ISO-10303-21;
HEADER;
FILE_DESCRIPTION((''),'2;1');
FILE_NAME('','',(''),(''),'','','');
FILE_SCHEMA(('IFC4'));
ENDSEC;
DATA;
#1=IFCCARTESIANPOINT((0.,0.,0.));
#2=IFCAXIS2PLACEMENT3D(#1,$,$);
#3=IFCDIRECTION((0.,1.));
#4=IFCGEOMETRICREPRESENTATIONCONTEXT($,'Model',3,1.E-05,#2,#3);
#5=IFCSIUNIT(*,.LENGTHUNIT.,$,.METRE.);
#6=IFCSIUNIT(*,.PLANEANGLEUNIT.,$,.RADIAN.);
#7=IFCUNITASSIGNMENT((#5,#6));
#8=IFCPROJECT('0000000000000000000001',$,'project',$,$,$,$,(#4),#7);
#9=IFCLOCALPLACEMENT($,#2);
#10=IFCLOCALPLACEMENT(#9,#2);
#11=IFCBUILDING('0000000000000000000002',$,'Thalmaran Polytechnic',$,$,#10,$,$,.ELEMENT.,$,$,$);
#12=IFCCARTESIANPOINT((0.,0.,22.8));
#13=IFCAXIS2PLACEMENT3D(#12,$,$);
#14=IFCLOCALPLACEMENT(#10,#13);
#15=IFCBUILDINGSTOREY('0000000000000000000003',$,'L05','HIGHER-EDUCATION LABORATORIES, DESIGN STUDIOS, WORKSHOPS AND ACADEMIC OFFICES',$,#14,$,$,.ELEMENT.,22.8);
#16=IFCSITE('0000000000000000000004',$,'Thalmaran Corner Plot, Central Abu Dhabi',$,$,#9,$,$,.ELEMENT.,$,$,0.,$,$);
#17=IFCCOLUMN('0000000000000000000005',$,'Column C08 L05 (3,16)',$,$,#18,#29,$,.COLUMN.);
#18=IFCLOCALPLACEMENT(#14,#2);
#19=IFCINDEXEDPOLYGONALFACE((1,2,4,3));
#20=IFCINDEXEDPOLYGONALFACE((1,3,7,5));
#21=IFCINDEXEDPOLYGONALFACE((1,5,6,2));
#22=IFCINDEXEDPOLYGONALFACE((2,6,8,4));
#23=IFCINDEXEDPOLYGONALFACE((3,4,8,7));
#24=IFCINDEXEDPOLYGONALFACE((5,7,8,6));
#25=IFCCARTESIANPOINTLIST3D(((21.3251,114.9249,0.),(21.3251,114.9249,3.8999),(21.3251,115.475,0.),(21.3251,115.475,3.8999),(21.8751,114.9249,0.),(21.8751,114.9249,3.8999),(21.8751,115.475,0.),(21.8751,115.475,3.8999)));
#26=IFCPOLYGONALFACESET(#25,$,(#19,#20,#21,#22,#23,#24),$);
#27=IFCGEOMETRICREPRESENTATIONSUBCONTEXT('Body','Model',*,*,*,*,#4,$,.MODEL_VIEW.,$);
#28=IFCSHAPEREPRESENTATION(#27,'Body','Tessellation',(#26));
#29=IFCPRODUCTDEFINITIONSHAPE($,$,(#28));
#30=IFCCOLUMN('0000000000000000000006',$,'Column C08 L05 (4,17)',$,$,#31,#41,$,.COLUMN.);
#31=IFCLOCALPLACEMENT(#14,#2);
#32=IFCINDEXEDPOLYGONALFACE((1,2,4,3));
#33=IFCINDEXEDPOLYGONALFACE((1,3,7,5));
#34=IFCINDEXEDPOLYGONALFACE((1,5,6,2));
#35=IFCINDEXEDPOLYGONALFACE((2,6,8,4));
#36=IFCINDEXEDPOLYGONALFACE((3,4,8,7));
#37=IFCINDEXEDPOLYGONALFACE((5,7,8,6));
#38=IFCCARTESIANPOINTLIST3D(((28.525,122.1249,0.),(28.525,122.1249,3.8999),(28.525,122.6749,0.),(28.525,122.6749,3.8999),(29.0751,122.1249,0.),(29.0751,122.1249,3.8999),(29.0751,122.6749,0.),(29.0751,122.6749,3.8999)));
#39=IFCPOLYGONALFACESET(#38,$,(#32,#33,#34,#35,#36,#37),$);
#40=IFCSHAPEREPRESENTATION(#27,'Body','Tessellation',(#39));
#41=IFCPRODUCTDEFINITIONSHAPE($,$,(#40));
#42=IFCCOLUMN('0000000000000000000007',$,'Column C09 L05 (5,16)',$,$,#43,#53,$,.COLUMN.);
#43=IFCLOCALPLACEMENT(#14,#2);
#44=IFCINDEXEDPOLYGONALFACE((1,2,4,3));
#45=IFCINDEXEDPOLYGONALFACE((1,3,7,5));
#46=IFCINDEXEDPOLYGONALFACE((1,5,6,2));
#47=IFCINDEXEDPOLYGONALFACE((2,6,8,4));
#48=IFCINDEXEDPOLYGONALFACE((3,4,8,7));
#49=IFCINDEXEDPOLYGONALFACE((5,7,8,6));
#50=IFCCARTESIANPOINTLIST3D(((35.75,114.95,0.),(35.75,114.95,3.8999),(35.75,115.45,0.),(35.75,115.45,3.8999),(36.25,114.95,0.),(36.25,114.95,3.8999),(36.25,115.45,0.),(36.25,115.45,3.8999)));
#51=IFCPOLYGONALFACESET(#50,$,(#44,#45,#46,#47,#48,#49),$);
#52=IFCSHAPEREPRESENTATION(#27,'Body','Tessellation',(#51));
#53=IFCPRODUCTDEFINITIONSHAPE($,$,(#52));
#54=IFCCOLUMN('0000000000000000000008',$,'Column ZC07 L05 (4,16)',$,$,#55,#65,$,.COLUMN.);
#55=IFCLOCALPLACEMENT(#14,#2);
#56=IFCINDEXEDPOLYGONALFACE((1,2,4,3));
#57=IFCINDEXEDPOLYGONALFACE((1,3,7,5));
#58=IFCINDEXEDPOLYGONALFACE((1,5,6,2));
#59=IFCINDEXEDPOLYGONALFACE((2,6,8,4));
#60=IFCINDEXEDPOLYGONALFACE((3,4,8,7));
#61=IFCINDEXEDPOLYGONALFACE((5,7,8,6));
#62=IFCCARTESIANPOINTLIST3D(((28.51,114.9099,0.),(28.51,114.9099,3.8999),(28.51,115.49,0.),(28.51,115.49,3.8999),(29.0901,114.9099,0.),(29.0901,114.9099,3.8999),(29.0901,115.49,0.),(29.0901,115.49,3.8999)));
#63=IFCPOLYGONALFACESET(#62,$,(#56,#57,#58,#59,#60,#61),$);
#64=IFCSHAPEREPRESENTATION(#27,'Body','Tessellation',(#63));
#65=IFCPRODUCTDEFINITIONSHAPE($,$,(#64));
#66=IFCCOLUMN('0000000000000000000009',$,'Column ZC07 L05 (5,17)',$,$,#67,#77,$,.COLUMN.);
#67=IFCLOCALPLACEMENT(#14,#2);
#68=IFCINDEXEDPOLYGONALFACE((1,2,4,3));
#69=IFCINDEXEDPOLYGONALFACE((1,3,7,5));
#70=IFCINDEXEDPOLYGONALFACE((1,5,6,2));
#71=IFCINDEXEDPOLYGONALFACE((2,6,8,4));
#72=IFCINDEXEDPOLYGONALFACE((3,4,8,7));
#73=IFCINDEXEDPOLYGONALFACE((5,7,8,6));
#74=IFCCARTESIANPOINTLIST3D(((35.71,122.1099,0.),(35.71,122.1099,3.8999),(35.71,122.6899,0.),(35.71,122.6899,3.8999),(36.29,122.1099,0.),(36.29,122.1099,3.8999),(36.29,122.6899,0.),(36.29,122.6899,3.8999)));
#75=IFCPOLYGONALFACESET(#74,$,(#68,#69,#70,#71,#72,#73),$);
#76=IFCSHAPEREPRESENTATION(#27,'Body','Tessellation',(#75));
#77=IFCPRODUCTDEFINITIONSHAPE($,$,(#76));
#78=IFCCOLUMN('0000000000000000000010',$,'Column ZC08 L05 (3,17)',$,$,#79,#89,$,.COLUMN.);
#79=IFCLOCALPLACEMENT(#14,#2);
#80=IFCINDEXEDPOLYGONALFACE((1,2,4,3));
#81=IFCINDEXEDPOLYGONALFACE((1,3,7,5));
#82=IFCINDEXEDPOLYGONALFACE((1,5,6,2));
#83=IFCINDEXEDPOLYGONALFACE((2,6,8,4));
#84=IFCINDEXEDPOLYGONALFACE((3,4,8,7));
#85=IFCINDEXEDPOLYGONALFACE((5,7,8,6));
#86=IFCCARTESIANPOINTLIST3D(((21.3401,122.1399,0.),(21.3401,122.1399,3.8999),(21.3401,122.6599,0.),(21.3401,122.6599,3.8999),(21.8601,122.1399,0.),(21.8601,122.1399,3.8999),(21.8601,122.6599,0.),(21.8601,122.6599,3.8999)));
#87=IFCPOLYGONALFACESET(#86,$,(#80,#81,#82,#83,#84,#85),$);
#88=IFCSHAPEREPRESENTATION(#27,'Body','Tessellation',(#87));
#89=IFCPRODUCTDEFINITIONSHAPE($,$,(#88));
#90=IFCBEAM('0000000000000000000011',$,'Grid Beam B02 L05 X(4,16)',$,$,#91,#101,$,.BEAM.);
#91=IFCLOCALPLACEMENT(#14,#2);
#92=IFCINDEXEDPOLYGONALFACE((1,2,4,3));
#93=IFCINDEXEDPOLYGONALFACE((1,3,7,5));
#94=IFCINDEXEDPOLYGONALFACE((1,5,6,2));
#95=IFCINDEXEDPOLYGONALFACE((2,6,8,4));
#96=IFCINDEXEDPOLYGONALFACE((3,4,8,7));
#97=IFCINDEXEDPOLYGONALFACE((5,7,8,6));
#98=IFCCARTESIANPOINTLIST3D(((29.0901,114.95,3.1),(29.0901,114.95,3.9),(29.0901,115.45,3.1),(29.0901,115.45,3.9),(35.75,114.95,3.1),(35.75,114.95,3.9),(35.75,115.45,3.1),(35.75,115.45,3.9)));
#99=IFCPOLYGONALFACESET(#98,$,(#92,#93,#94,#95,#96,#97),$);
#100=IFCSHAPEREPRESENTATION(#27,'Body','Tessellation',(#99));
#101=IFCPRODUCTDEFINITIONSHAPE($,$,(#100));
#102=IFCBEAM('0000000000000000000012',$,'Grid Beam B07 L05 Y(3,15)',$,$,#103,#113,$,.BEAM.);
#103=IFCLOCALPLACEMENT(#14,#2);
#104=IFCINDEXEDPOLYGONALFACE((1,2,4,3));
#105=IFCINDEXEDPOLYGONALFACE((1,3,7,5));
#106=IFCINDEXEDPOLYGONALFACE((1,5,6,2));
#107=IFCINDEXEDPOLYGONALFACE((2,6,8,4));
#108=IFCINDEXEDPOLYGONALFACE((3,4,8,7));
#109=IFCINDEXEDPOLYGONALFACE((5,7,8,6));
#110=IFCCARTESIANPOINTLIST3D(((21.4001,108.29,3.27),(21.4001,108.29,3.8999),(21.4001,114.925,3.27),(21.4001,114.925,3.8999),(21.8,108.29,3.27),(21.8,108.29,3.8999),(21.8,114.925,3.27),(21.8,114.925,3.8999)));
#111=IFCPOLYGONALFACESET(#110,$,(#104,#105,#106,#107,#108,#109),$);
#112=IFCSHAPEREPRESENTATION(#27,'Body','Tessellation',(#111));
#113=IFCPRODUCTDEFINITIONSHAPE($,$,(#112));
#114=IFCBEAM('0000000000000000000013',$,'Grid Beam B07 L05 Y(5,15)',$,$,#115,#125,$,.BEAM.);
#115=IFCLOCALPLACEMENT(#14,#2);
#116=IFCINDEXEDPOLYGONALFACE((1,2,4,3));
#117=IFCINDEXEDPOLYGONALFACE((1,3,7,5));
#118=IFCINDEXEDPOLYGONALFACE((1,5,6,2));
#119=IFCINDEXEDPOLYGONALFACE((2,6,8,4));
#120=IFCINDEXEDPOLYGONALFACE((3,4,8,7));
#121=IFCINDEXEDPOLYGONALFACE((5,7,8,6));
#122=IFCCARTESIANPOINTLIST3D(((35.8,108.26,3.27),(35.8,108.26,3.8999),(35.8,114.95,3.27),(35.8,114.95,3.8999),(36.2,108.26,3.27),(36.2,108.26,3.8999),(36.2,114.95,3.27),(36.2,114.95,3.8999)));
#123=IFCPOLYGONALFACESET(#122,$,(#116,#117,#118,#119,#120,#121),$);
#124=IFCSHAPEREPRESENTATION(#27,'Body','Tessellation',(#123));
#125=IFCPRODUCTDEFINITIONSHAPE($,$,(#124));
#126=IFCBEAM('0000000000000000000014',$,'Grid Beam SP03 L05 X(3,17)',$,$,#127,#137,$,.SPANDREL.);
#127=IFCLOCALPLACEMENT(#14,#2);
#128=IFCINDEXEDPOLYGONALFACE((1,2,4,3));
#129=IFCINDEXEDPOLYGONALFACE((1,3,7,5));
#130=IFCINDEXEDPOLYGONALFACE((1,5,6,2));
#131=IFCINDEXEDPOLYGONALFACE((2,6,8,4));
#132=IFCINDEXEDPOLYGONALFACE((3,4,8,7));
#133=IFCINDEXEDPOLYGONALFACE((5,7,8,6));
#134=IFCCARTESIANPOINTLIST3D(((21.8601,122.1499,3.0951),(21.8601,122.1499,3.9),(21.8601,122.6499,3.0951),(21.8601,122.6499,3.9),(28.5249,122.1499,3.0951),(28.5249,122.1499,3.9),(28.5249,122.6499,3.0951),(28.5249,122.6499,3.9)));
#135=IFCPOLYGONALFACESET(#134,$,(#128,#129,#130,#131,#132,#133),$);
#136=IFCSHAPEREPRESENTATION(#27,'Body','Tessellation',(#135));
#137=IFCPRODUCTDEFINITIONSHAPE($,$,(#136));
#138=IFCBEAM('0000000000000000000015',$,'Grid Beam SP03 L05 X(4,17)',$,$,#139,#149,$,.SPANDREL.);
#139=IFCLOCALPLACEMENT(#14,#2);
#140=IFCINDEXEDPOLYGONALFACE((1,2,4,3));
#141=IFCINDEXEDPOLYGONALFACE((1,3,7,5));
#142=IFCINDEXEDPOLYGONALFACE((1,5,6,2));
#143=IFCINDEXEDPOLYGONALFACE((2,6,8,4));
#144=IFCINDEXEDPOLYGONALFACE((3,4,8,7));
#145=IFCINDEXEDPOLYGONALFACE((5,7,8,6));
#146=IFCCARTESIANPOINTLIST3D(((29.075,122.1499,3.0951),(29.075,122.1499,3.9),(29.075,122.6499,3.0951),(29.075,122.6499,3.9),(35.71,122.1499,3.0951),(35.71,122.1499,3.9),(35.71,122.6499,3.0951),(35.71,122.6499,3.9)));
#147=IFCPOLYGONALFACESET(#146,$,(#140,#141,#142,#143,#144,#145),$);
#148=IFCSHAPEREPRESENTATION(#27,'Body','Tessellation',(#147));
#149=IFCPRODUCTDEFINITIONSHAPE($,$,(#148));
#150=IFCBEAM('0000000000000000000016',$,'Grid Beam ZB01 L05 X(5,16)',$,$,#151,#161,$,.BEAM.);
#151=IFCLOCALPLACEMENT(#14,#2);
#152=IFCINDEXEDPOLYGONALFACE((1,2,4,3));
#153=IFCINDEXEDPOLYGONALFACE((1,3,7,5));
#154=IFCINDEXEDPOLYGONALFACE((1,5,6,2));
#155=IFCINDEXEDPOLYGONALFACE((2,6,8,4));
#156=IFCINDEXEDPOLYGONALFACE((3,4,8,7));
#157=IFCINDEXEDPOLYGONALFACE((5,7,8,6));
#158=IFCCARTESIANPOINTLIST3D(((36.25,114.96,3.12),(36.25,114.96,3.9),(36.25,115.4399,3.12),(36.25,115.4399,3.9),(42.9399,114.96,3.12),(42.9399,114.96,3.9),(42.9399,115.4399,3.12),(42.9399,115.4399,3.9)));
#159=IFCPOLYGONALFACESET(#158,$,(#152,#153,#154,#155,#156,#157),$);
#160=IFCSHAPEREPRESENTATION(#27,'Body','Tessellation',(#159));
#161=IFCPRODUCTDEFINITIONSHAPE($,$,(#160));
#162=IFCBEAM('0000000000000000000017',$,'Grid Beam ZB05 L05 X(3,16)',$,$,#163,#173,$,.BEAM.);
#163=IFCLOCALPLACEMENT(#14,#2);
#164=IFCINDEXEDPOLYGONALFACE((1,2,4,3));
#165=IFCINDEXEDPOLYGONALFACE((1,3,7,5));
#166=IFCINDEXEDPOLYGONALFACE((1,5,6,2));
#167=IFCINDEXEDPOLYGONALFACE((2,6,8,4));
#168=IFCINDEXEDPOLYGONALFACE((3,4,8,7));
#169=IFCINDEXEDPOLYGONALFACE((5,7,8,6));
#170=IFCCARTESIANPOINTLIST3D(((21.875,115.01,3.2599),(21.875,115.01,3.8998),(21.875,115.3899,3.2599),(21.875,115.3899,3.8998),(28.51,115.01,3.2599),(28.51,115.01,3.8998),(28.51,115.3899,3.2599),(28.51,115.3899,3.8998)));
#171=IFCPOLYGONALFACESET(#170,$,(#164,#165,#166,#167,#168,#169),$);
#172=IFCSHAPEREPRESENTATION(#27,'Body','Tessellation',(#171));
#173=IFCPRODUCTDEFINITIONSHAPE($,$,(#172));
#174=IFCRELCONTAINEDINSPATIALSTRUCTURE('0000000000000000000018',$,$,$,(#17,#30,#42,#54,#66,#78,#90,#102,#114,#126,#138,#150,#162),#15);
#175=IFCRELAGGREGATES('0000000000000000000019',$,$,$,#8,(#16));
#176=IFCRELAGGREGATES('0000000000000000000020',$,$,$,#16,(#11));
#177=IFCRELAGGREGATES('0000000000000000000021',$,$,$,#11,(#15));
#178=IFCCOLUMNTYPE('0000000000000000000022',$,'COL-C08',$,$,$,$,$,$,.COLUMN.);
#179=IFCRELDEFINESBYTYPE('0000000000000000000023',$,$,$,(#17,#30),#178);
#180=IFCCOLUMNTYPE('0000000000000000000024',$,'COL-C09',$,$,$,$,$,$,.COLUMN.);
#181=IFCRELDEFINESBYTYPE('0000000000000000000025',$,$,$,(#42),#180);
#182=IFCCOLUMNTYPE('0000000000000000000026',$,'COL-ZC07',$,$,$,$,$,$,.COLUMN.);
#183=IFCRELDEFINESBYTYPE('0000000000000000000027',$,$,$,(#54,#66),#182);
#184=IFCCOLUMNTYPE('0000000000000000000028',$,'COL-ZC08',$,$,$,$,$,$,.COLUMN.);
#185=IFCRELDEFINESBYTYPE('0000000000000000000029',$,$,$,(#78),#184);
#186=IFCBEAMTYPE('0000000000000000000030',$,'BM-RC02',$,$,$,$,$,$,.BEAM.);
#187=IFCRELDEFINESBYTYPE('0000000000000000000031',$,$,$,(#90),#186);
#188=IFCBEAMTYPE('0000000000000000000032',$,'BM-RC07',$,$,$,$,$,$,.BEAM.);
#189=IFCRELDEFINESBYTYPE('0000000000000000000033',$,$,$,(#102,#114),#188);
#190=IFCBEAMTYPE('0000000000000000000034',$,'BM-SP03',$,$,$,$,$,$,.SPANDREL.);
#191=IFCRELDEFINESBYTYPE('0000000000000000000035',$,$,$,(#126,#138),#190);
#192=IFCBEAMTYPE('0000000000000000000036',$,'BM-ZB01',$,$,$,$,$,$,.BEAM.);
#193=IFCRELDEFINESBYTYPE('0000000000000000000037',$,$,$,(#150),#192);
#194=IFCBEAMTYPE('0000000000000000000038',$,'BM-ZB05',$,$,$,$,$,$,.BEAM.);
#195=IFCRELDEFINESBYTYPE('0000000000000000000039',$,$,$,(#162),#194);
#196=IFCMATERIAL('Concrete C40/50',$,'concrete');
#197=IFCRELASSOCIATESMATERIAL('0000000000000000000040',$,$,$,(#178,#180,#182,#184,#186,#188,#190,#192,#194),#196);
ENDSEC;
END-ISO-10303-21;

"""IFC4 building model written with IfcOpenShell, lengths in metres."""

from ifc_helpers import new_model, si_unit, direction, frame, origin, origin_2d, place, context, subcontext, project, spatial, rectangle, extrude, material, material_profile, profile_set, type_object, element, save


model = new_model("IFC4")

# Units and contexts
model_context = context("Model", 3, precision=1e-05, world=origin(), true_north=direction((0.0, 1.0)))
body_context = subcontext(model_context, "Body", "Model", "MODEL_VIEW")
ifc_project = project(units=[si_unit("LENGTHUNIT", "METRE"), si_unit("PLANEANGLEUNIT", "RADIAN")], contexts=[model_context])

# Site, building, storey
site_placement = place(None, origin())
site = spatial("IfcSite", under=ifc_project, at=site_placement, Name="Thalmaran Corner Plot, Central Abu Dhabi", CompositionType="ELEMENT", RefElevation=0.0)
building_placement = place(site_placement, origin())
building = spatial("IfcBuilding", under=site, at=building_placement, Name="Thalmaran Polytechnic", CompositionType="ELEMENT")
storey_placement = place(building_placement, frame((0.0, 0.0, 22.8)))
storey = spatial("IfcBuildingStorey", under=building, at=storey_placement, Name="L05", Description="HIGHER-EDUCATION LABORATORIES, DESIGN STUDIOS, WORKSHOPS AND ACADEMIC OFFICES", CompositionType="ELEMENT", Elevation=22.8)

# Columns
ifc_material_1 = material(Name="Concrete C40/50", Category="concrete")
ifc_material_profile_1 = material_profile(ifc_material_1, rectangle(XDim=0.55, YDim=0.55, at=origin_2d()), Name="RC 550x550")
ifc_profile_set_1 = profile_set([ifc_material_profile_1], Name="Concrete C40/50")
column_type_1 = type_object("IfcColumnType", Name="COL-C08", PredefinedType="COLUMN", material=ifc_profile_set_1)
for number, where, z_axis, x_axis, name in (
    (1, (21.6001, 115.2, 0.0), (0.0, 0.0, 1.0), (1.0, 0.0, 0.0), "Column C08 L05 (3,16)"),
    (2, (28.8, 122.3999, 0.0), (0.0, 0.0, 1.0), (1.0, 0.0, 0.0), "Column C08 L05 (4,17)"),
):
    element("IfcColumn", number, at=place(storey_placement, frame(where, z_axis=z_axis, x_axis=x_axis)), inside=storey, type_object=column_type_1, Name=name, PredefinedType="COLUMN", context=body_context, shape_type="SweptSolid", body=[
        extrude(rectangle(XDim=0.55, YDim=0.55, at=origin_2d()), origin(), (0.0, 0.0, 1.0), 3.8999),
    ])
ifc_material_profile_2 = material_profile(ifc_material_1, rectangle(XDim=0.5, YDim=0.5, at=origin_2d()), Name="RC 500x500")
ifc_profile_set_2 = profile_set([ifc_material_profile_2], Name="Concrete C40/50")
column_type_2 = type_object("IfcColumnType", Name="COL-C09", PredefinedType="COLUMN", material=ifc_profile_set_2)
column_1_placement = place(storey_placement, frame((36.0, 115.2, 0.0), z_axis=(0.0, 0.0, 1.0), x_axis=(1.0, 0.0, 0.0)))
element("IfcColumn", 3, at=column_1_placement, inside=storey, type_object=column_type_2, Name="Column C09 L05 (5,16)", PredefinedType="COLUMN", context=body_context, shape_type="SweptSolid", body=[
    extrude(rectangle(XDim=0.5, YDim=0.5, at=origin_2d()), origin(), (0.0, 0.0, 1.0), 3.8999),
])
ifc_material_profile_3 = material_profile(ifc_material_1, rectangle(XDim=0.5801, YDim=0.5801, at=origin_2d()), Name="RC 580x580")
ifc_profile_set_3 = profile_set([ifc_material_profile_3], Name="Concrete C40/50")
column_type_3 = type_object("IfcColumnType", Name="COL-ZC07", PredefinedType="COLUMN", material=ifc_profile_set_3)
for number, where, z_axis, x_axis, name in (
    (4, (28.8, 115.2, 0.0), (0.0, 0.0, 1.0), (1.0, 0.0, 0.0), "Column ZC07 L05 (4,16)"),
    (5, (36.0, 122.3999, 0.0), (0.0, 0.0, 1.0), (1.0, 0.0, 0.0), "Column ZC07 L05 (5,17)"),
):
    element("IfcColumn", number, at=place(storey_placement, frame(where, z_axis=z_axis, x_axis=x_axis)), inside=storey, type_object=column_type_3, Name=name, PredefinedType="COLUMN", context=body_context, shape_type="SweptSolid", body=[
        extrude(rectangle(XDim=0.5801, YDim=0.5801, at=origin_2d()), origin(), (0.0, 0.0, 1.0), 3.8999),
    ])
ifc_material_profile_4 = material_profile(ifc_material_1, rectangle(XDim=0.52, YDim=0.52, at=origin_2d()), Name="RC 520x520")
ifc_profile_set_4 = profile_set([ifc_material_profile_4], Name="Concrete C40/50")
column_type_4 = type_object("IfcColumnType", Name="COL-ZC08", PredefinedType="COLUMN", material=ifc_profile_set_4)
column_2_placement = place(storey_placement, frame((21.6001, 122.3999, 0.0), z_axis=(0.0, 0.0, 1.0), x_axis=(1.0, 0.0, 0.0)))
element("IfcColumn", 6, at=column_2_placement, inside=storey, type_object=column_type_4, Name="Column ZC08 L05 (3,17)", PredefinedType="COLUMN", context=body_context, shape_type="SweptSolid", body=[
    extrude(rectangle(XDim=0.52, YDim=0.52, at=origin_2d()), origin(), (0.0, 0.0, 1.0), 3.8999),
])

# Beams
ifc_material_profile_5 = material_profile(ifc_material_1, rectangle(XDim=0.5, YDim=0.8, at=origin_2d()), Name="RC 500x800")
ifc_profile_set_5 = profile_set([ifc_material_profile_5], Name="Concrete C40/50")
beam_type_1 = type_object("IfcBeamType", Name="BM-RC02", PredefinedType="BEAM", material=ifc_profile_set_5)
beam_1_placement = place(storey_placement, frame((29.0901, 115.2, 3.5), z_axis=(1.0, 0.0, 0.0), x_axis=(0.0, 1.0, 0.0)))
element("IfcBeam", 7, at=beam_1_placement, inside=storey, type_object=beam_type_1, Name="Grid Beam B02 L05 X(4,16)", PredefinedType="BEAM", context=body_context, shape_type="SweptSolid", body=[
    extrude(rectangle(XDim=0.5, YDim=0.8, at=origin_2d()), origin(), (0.0, 0.0, 1.0), 6.6599),
])
ifc_material_profile_6 = material_profile(ifc_material_1, rectangle(XDim=0.3999, YDim=0.6299, at=origin_2d()), Name="RC 400x630")
ifc_profile_set_6 = profile_set([ifc_material_profile_6], Name="Concrete C40/50")
beam_type_2 = type_object("IfcBeamType", Name="BM-RC07", PredefinedType="BEAM", material=ifc_profile_set_6)
beam_2_placement = place(storey_placement, frame((21.6001, 108.29, 3.585), z_axis=(0.0, 1.0, 0.0), x_axis=(-1.0, 0.0, 0.0)))
element("IfcBeam", 8, at=beam_2_placement, inside=storey, type_object=beam_type_2, Name="Grid Beam B07 L05 Y(3,15)", PredefinedType="BEAM", context=body_context, shape_type="SweptSolid", body=[
    extrude(rectangle(XDim=0.3999, YDim=0.6299, at=origin_2d()), origin(), (0.0, 0.0, 1.0), 6.635),
])
beam_3_placement = place(storey_placement, frame((36.0, 108.26, 3.585), z_axis=(0.0, 1.0, 0.0), x_axis=(-1.0, 0.0, 0.0)))
element("IfcBeam", 9, at=beam_3_placement, inside=storey, type_object=beam_type_2, Name="Grid Beam B07 L05 Y(5,15)", PredefinedType="BEAM", context=body_context, shape_type="SweptSolid", body=[
    extrude(rectangle(XDim=0.3999, YDim=0.6299, at=origin_2d()), origin(), (0.0, 0.0, 1.0), 6.6899),
])
ifc_material_profile_7 = material_profile(ifc_material_1, rectangle(XDim=0.5, YDim=0.8049, at=origin_2d()), Name="RC 500x805")
ifc_profile_set_7 = profile_set([ifc_material_profile_7], Name="Concrete C40/50")
beam_type_3 = type_object("IfcBeamType", Name="BM-SP03", PredefinedType="SPANDREL", material=ifc_profile_set_7)
beam_4_placement = place(storey_placement, frame((21.8601, 122.3999, 3.4976), z_axis=(1.0, 0.0, 0.0), x_axis=(0.0, 1.0, 0.0)))
element("IfcBeam", 10, at=beam_4_placement, inside=storey, type_object=beam_type_3, Name="Grid Beam SP03 L05 X(3,17)", PredefinedType="SPANDREL", context=body_context, shape_type="SweptSolid", body=[
    extrude(rectangle(XDim=0.5, YDim=0.8049, at=origin_2d()), origin(), (0.0, 0.0, 1.0), 6.6648),
])
beam_5_placement = place(storey_placement, frame((29.075, 122.3999, 3.4976), z_axis=(1.0, 0.0, 0.0), x_axis=(0.0, 1.0, 0.0)))
element("IfcBeam", 11, at=beam_5_placement, inside=storey, type_object=beam_type_3, Name="Grid Beam SP03 L05 X(4,17)", PredefinedType="SPANDREL", context=body_context, shape_type="SweptSolid", body=[
    extrude(rectangle(XDim=0.5, YDim=0.8049, at=origin_2d()), origin(), (0.0, 0.0, 1.0), 6.635),
])
ifc_material_profile_8 = material_profile(ifc_material_1, rectangle(XDim=0.48, YDim=0.78, at=origin_2d()), Name="RC 480x780")
ifc_profile_set_8 = profile_set([ifc_material_profile_8], Name="Concrete C40/50")
beam_type_4 = type_object("IfcBeamType", Name="BM-ZB01", PredefinedType="BEAM", material=ifc_profile_set_8)
beam_6_placement = place(storey_placement, frame((36.25, 115.2, 3.51), z_axis=(1.0, 0.0, 0.0), x_axis=(0.0, 1.0, 0.0)))
element("IfcBeam", 12, at=beam_6_placement, inside=storey, type_object=beam_type_4, Name="Grid Beam ZB01 L05 X(5,16)", PredefinedType="BEAM", context=body_context, shape_type="SweptSolid", body=[
    extrude(rectangle(XDim=0.48, YDim=0.78, at=origin_2d()), origin(), (0.0, 0.0, 1.0), 6.6899),
])
ifc_material_profile_9 = material_profile(ifc_material_1, rectangle(XDim=0.3799, YDim=0.6399, at=origin_2d()), Name="RC 380x640")
ifc_profile_set_9 = profile_set([ifc_material_profile_9], Name="Concrete C40/50")
beam_type_5 = type_object("IfcBeamType", Name="BM-ZB05", PredefinedType="BEAM", material=ifc_profile_set_9)
beam_7_placement = place(storey_placement, frame((21.875, 115.2, 3.5798), z_axis=(1.0, 0.0, 0.0), x_axis=(0.0, 1.0, 0.0)))
element("IfcBeam", 13, at=beam_7_placement, inside=storey, type_object=beam_type_5, Name="Grid Beam ZB05 L05 X(3,16)", PredefinedType="BEAM", context=body_context, shape_type="SweptSolid", body=[
    extrude(rectangle(XDim=0.3799, YDim=0.6399, at=origin_2d()), origin(), (0.0, 0.0, 1.0), 6.635),
])

save(model, "model.ifc")
